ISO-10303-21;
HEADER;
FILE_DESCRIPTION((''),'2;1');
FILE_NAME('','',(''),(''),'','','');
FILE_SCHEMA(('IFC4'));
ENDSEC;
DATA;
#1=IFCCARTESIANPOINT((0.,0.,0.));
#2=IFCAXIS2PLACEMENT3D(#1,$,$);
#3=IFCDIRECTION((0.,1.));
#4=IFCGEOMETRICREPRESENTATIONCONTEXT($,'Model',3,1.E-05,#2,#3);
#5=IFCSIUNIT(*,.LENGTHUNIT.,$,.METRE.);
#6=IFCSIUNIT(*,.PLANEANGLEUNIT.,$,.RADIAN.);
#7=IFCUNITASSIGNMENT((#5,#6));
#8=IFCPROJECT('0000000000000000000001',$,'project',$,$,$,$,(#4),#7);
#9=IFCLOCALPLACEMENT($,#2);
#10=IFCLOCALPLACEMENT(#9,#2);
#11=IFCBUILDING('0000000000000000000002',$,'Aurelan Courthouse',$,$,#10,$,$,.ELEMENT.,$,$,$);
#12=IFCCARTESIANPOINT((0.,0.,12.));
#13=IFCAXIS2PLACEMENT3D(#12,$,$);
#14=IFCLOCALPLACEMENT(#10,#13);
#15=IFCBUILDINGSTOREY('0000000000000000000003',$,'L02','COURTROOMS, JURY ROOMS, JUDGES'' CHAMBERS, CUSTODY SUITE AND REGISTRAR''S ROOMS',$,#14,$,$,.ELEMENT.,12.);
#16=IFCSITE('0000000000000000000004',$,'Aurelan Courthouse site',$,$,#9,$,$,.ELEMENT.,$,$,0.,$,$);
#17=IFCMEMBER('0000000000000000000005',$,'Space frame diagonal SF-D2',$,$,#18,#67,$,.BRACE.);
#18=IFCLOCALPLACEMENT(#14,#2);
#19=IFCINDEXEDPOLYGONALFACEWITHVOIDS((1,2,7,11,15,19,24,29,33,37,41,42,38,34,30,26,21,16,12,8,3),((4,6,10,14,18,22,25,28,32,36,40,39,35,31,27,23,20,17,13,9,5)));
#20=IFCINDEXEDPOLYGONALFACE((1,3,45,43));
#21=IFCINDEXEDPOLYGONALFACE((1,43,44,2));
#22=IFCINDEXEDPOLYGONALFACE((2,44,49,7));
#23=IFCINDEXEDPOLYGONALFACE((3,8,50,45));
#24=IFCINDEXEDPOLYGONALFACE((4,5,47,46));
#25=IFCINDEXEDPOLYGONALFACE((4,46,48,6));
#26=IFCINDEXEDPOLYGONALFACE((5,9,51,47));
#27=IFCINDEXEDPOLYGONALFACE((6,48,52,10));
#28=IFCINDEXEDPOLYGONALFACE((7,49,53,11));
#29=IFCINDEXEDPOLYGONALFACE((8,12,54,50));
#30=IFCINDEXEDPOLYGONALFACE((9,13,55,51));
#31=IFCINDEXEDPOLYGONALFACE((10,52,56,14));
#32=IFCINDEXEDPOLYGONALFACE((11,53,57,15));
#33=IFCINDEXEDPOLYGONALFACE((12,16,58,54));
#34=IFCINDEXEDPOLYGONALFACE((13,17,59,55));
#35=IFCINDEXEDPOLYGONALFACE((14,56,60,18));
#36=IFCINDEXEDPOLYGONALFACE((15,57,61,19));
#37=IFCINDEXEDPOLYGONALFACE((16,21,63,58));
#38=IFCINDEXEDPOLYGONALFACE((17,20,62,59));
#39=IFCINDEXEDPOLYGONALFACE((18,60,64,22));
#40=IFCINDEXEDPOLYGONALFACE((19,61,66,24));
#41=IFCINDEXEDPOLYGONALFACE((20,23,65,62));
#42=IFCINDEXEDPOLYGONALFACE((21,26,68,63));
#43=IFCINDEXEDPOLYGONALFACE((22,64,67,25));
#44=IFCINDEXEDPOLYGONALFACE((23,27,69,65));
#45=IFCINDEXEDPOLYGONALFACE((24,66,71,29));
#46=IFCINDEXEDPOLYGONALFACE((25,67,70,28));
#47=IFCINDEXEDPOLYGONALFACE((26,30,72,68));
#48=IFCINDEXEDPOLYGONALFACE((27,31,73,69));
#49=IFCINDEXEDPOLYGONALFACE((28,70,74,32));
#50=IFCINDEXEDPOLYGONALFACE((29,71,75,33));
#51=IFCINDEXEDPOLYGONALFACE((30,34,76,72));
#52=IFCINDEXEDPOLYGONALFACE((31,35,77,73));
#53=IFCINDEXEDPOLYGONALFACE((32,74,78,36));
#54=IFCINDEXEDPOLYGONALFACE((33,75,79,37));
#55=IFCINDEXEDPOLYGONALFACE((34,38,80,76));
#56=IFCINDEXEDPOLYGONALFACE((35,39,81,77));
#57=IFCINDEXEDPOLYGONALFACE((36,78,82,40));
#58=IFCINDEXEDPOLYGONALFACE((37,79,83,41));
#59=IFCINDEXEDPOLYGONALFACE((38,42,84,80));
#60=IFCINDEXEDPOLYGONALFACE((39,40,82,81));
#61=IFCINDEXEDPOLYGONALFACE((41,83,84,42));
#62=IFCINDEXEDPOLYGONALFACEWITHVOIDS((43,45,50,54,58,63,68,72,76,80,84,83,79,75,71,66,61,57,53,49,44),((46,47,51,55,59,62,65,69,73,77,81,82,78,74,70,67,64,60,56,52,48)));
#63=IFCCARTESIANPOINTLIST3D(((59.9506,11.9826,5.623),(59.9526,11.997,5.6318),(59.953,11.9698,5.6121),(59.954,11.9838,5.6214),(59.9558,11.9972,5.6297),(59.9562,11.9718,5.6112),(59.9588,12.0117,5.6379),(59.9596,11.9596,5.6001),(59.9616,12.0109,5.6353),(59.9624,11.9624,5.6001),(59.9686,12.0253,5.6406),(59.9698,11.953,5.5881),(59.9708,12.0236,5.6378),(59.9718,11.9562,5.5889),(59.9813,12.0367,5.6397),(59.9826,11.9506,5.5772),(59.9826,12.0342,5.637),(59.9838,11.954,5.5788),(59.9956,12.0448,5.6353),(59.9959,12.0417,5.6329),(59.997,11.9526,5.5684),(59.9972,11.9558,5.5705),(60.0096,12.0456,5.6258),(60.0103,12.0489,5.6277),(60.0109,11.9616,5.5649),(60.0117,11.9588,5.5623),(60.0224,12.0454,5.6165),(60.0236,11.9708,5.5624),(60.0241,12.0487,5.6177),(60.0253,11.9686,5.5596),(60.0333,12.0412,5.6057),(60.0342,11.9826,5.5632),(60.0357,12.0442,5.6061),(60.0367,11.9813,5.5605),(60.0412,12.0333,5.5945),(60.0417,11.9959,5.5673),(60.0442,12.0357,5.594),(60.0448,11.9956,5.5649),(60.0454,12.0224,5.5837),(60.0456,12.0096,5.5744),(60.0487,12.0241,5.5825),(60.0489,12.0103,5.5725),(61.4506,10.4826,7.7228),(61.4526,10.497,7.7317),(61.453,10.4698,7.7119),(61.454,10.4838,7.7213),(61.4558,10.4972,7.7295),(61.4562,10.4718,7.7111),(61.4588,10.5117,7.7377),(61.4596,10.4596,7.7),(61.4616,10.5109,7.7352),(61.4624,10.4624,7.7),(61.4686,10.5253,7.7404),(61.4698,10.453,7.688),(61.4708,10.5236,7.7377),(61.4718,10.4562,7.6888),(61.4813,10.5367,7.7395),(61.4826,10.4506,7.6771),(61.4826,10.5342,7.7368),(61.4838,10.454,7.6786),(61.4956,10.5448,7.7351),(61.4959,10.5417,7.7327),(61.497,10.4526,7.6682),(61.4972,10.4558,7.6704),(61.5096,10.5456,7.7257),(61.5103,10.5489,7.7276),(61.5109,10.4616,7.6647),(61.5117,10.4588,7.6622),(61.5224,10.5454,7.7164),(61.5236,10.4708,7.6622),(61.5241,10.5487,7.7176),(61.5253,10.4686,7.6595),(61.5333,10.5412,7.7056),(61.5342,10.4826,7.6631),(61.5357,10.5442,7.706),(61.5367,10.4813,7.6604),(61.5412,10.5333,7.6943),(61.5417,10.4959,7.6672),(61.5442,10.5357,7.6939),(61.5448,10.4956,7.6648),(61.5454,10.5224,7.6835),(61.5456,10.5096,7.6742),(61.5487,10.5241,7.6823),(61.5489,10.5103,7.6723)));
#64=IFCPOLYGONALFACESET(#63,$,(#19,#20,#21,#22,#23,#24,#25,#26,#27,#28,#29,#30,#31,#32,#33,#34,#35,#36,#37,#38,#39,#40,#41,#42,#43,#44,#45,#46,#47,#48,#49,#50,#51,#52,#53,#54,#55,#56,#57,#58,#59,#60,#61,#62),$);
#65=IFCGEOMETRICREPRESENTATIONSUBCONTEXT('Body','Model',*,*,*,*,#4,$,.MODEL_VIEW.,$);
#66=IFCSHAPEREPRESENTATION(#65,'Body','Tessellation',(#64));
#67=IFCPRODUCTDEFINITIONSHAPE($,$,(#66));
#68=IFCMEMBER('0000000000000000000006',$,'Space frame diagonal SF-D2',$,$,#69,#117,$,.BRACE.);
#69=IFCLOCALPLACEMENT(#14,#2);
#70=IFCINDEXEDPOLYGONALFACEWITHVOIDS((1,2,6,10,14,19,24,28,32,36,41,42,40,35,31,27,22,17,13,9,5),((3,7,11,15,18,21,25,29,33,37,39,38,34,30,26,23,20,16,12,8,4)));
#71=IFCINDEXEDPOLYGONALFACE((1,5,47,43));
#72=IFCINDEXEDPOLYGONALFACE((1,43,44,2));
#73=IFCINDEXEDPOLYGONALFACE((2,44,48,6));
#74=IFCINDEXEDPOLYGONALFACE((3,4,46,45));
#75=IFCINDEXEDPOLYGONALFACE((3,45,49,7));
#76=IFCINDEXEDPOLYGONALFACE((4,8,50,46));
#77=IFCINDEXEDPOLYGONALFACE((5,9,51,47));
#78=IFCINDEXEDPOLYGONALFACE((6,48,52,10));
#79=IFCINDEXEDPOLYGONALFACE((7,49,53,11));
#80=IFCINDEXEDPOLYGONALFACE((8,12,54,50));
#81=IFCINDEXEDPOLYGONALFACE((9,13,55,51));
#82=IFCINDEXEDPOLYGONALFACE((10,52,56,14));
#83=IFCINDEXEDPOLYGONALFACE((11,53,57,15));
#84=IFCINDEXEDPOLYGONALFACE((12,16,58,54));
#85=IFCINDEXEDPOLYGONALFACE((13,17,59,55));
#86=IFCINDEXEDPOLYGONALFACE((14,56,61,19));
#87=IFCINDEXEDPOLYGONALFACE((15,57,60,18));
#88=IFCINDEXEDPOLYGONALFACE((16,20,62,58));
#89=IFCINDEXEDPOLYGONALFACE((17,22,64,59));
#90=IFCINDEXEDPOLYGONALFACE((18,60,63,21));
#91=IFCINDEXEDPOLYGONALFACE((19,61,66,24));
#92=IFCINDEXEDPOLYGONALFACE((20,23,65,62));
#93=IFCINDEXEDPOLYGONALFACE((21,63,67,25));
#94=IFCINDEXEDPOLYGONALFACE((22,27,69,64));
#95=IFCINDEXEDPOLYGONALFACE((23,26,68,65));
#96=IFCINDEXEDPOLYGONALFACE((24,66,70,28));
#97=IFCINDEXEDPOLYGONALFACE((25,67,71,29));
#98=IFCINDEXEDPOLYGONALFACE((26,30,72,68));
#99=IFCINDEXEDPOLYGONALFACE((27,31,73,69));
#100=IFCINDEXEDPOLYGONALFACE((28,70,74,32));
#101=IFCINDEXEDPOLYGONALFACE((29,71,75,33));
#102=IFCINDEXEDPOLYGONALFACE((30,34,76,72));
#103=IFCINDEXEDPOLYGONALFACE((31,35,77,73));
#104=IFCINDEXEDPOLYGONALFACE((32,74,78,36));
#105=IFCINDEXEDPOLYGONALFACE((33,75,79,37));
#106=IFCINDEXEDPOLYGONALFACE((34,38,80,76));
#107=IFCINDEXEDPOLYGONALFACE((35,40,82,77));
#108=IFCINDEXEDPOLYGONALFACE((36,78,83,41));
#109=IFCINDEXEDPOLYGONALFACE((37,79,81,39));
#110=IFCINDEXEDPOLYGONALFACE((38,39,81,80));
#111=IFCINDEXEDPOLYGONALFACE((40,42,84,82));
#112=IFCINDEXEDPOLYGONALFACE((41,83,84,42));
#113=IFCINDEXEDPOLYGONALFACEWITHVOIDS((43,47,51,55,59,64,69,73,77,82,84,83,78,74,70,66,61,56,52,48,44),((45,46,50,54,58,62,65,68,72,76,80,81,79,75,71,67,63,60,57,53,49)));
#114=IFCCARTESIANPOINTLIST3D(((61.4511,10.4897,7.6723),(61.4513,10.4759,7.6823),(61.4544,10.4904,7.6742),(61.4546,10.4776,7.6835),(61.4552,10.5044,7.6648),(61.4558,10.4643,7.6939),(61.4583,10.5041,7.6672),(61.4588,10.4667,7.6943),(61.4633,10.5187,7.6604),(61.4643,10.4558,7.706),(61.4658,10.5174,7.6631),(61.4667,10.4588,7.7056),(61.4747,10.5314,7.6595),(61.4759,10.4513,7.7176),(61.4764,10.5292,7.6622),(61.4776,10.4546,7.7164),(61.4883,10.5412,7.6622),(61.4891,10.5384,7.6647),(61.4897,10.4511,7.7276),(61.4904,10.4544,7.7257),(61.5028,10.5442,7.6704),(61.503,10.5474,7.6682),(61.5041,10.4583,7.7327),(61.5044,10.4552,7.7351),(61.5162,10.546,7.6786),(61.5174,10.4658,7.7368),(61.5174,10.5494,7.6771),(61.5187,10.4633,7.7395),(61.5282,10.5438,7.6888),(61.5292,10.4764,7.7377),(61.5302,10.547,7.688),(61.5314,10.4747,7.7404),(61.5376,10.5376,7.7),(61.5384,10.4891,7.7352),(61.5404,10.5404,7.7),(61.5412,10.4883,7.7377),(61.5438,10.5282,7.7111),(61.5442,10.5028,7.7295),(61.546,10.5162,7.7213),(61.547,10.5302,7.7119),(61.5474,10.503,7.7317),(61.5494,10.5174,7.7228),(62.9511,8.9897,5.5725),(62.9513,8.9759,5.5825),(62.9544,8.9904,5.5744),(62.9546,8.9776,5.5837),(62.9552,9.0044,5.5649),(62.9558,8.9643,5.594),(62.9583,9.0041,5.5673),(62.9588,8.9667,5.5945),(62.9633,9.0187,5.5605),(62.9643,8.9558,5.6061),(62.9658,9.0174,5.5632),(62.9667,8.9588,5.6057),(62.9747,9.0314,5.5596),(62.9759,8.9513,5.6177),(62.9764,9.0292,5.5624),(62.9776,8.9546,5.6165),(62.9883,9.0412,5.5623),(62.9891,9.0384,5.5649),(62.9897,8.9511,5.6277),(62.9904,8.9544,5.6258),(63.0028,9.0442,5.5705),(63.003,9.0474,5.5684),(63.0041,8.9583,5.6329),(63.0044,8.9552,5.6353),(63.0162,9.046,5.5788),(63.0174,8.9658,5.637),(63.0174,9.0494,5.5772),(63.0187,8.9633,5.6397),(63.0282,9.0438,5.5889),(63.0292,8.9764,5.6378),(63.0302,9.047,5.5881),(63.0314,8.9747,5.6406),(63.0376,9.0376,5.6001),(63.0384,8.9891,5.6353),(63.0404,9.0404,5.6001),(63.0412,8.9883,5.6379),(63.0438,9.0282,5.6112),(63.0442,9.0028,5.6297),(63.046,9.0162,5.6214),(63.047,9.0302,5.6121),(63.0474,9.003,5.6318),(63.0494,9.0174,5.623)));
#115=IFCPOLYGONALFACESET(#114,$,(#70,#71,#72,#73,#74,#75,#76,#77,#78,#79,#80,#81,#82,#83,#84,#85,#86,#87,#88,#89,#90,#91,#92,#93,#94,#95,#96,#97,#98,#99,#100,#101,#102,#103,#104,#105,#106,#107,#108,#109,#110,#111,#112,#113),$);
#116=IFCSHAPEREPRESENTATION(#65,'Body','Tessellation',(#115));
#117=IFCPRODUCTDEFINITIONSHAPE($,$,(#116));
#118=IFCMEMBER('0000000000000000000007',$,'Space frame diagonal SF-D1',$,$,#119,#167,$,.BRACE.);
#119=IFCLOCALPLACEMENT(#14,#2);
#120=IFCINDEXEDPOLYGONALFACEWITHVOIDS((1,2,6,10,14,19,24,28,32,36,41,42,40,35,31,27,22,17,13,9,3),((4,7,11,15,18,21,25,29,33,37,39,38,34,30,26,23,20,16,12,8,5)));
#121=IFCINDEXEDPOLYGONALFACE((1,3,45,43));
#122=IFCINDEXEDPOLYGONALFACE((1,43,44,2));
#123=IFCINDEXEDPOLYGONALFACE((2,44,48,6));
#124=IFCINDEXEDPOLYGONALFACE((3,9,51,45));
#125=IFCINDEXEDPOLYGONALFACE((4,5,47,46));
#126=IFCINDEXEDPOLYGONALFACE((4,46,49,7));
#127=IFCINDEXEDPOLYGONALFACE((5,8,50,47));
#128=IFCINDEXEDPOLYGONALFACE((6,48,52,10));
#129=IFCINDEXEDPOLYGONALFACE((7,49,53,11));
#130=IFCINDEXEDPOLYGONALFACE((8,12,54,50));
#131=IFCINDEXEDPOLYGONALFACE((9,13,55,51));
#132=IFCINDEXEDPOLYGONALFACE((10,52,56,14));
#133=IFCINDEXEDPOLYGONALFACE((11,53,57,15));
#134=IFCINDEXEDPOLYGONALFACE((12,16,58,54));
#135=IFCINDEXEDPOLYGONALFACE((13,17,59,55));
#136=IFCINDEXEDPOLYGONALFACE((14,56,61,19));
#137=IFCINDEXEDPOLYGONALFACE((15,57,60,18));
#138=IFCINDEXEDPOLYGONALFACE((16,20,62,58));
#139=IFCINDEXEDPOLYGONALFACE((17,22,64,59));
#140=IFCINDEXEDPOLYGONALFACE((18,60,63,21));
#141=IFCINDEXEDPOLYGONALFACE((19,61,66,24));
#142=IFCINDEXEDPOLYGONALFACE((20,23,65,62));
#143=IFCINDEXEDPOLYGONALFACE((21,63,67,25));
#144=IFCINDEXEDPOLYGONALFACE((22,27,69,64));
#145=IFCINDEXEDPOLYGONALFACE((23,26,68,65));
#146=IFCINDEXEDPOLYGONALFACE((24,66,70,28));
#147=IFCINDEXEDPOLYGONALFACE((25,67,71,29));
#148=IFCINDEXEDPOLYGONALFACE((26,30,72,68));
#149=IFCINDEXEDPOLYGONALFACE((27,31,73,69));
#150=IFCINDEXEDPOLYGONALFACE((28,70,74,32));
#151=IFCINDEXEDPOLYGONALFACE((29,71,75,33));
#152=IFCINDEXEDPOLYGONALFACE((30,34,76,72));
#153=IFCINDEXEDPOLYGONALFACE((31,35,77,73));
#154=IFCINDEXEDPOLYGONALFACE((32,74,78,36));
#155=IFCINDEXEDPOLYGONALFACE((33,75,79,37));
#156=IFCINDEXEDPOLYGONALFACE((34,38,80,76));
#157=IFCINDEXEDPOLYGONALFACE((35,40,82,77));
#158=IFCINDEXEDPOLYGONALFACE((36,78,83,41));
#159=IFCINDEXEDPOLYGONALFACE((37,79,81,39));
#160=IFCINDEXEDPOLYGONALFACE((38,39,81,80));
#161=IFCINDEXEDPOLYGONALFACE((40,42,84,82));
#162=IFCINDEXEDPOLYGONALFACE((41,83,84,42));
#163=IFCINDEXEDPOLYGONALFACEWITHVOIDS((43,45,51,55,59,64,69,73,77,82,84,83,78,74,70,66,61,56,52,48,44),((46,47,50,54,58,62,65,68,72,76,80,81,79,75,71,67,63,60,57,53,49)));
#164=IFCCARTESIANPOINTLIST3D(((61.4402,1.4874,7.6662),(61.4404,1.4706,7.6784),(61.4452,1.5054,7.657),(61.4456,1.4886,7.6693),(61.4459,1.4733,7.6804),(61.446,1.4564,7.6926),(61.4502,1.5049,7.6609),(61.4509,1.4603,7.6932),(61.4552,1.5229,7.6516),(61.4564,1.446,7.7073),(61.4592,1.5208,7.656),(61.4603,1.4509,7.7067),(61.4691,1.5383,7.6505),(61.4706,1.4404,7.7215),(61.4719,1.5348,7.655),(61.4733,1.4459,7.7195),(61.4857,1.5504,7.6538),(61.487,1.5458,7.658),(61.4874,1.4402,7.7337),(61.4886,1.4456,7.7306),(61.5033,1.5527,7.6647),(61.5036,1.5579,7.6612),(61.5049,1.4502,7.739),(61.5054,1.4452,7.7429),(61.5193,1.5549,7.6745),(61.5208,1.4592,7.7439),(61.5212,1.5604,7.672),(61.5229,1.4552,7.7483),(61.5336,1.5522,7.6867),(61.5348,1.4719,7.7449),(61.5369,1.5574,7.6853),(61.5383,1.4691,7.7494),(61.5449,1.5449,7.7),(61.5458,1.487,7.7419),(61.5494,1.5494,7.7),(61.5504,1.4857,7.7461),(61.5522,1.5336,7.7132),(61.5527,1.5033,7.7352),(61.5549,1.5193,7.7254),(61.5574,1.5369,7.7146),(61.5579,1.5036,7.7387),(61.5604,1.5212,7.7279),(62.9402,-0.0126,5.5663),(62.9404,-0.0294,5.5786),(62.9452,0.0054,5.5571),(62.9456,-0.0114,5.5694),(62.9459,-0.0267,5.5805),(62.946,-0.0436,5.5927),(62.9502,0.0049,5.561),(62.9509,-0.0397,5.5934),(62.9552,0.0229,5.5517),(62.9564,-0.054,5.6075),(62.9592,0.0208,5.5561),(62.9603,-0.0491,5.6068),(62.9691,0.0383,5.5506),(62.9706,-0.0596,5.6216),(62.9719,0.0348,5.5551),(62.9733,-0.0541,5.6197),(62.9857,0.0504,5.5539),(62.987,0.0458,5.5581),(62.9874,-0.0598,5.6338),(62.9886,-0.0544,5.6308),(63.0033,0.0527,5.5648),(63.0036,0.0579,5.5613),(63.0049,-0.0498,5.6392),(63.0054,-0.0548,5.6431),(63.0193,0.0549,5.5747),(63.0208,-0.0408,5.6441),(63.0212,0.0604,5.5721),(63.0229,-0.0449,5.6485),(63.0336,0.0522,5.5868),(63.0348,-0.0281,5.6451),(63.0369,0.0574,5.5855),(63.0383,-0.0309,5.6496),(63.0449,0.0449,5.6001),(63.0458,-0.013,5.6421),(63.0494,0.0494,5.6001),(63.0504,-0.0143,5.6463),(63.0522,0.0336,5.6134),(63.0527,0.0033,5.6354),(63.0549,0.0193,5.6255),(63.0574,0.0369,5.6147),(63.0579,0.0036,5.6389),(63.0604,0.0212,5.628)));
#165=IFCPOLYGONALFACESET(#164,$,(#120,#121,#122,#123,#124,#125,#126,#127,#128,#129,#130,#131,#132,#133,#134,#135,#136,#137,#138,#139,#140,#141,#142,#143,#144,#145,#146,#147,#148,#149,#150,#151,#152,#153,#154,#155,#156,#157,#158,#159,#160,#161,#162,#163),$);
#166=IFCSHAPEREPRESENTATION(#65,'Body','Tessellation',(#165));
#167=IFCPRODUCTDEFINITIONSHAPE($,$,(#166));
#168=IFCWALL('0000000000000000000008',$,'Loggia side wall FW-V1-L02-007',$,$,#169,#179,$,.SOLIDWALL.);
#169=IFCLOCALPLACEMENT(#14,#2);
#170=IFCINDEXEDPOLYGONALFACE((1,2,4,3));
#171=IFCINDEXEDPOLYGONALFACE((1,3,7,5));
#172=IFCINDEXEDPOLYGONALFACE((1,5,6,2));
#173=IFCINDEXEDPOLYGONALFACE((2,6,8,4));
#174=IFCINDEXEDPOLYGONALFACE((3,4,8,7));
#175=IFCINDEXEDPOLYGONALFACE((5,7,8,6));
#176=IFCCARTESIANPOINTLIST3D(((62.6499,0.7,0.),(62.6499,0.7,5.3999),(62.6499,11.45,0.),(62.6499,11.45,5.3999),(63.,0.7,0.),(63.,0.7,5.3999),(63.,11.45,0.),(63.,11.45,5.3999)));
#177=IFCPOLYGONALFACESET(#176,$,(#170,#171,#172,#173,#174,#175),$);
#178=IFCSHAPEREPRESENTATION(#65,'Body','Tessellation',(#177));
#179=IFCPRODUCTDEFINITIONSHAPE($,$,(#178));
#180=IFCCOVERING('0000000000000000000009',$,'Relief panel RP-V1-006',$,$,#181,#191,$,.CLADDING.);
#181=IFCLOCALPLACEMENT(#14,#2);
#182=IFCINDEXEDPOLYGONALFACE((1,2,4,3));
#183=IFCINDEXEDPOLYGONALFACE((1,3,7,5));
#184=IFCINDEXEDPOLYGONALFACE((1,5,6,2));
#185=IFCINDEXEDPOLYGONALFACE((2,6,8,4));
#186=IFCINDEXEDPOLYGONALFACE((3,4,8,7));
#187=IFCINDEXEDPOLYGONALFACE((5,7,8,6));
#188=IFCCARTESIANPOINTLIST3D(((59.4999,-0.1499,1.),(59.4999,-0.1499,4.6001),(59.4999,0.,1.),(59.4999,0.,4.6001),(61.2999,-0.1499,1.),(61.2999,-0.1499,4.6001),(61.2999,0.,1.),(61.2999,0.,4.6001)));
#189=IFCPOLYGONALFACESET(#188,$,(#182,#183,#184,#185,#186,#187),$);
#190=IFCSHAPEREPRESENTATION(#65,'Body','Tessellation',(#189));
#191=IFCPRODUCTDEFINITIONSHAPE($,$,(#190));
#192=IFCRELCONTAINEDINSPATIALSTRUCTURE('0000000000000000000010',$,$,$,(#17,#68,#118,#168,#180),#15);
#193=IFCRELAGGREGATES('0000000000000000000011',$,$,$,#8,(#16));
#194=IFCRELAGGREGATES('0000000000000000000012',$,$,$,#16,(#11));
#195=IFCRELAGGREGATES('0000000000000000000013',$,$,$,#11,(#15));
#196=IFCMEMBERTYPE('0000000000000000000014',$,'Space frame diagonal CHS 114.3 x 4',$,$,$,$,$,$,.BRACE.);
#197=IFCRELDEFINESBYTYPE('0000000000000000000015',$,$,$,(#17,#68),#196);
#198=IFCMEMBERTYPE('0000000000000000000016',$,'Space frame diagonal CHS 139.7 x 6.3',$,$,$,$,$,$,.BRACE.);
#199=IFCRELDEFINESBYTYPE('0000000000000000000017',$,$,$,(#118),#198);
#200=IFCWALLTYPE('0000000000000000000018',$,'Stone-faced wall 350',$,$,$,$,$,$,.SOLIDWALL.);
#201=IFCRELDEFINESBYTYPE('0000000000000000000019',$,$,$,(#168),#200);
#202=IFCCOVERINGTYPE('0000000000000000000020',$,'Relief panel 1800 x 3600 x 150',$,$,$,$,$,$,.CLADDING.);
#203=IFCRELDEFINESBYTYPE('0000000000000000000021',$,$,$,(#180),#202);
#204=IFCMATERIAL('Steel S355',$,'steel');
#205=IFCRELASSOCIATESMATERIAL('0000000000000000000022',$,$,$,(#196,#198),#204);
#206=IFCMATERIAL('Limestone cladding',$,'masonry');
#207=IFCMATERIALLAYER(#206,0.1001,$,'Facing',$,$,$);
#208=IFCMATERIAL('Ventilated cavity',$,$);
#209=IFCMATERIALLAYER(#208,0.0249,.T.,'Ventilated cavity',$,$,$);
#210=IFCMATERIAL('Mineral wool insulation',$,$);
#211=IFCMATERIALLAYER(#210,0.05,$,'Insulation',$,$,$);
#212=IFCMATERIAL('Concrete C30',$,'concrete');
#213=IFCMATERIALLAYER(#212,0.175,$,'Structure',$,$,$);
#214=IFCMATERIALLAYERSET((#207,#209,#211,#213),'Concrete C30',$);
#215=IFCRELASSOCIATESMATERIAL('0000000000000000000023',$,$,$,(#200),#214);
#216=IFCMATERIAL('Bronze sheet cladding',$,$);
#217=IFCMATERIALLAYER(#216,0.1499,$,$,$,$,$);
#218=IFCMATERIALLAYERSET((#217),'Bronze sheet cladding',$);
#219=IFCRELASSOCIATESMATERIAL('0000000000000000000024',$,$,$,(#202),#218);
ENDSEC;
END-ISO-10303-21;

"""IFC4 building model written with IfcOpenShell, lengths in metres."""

from ifc_helpers import new_model, si_unit, direction, frame, frame_2d, origin, origin_2d, place, context, subcontext, project, spatial, rectangle, hollow_circle, extrude, material, layer, layer_set, material_profile, profile_set, type_object, element, save


model = new_model("IFC4")

# Units and contexts
model_context = context("Model", 3, precision=1e-05, world=origin(), true_north=direction((0.0, 1.0)))
body_context = subcontext(model_context, "Body", "Model", "MODEL_VIEW")
ifc_project = project(units=[si_unit("LENGTHUNIT", "METRE"), si_unit("PLANEANGLEUNIT", "RADIAN")], contexts=[model_context])

# Site, building, storey
site_placement = place(None, origin())
site = spatial("IfcSite", under=ifc_project, at=site_placement, Name="Aurelan Courthouse site", CompositionType="ELEMENT", RefElevation=0.0)
building_placement = place(site_placement, origin())
building = spatial("IfcBuilding", under=site, at=building_placement, Name="Aurelan Courthouse", CompositionType="ELEMENT")
storey_placement = place(building_placement, frame((0.0, 0.0, 12.0)))
storey = spatial("IfcBuildingStorey", under=building, at=storey_placement, Name="L02", Description="COURTROOMS, JURY ROOMS, JUDGES' CHAMBERS, CUSTODY SUITE AND REGISTRAR'S ROOMS", CompositionType="ELEMENT", Elevation=12.0)

# Members
ifc_material_1 = material(Name="Steel S355", Category="steel")
ifc_material_profile_1 = material_profile(ifc_material_1, hollow_circle(Radius=0.0571, WallThickness=0.0039, at=origin_2d()), Name="CHS 114.3 x 4")
ifc_profile_set_1 = profile_set([ifc_material_profile_1], Name="Steel S355")
member_type_1 = type_object("IfcMemberType", Name="Space frame diagonal CHS 114.3 x 4", PredefinedType="BRACE", material=ifc_profile_set_1)
for number, where, z_axis, x_axis, name in (
    (1, (61.5, 10.5, 7.7), (-0.502536, 0.502536, -0.703502), (-0.707107, -0.707107, 0.0), "Space frame diagonal SF-D2"),
    (2, (61.5, 10.5, 7.7), (0.502536, -0.502536, -0.703502), (0.707107, 0.707107, 0.0), "Space frame diagonal SF-D2"),
):
    element("IfcMember", number, at=place(storey_placement, frame(where, z_axis=z_axis, x_axis=x_axis)), inside=storey, type_object=member_type_1, Name=name, PredefinedType="BRACE", context=body_context, shape_type="SweptSolid", body=[
        extrude(hollow_circle(Radius=0.0571, WallThickness=0.0039, at=origin_2d()), origin(), (0.0, 0.0, 1.0), 2.9849),
    ])
ifc_material_profile_2 = material_profile(ifc_material_1, hollow_circle(Radius=0.0698, WallThickness=0.0063, at=origin_2d()), Name="CHS 139.7 x 6.3")
ifc_profile_set_2 = profile_set([ifc_material_profile_2], Name="Steel S355")
member_type_2 = type_object("IfcMemberType", Name="Space frame diagonal CHS 139.7 x 6.3", PredefinedType="BRACE", material=ifc_profile_set_2)
member_1_placement = place(storey_placement, frame((61.5, 1.5, 7.7), z_axis=(0.502536, -0.502536, -0.703502), x_axis=(0.707107, 0.707107, 0.0)))
element("IfcMember", 3, at=member_1_placement, inside=storey, type_object=member_type_2, Name="Space frame diagonal SF-D1", PredefinedType="BRACE", context=body_context, shape_type="SweptSolid", body=[
    extrude(hollow_circle(Radius=0.0698, WallThickness=0.0063, at=origin_2d()), origin(), (0.0, 0.0, 1.0), 2.9849),
])

# Wall
ifc_material_2 = material(Name="Limestone cladding", Category="masonry")
ifc_layer_1 = layer(ifc_material_2, 0.1001, Name="Facing")
ifc_material_3 = material(Name="Ventilated cavity")
ifc_layer_2 = layer(ifc_material_3, 0.0249, ventilated=True, Name="Ventilated cavity")
ifc_material_4 = material(Name="Mineral wool insulation")
ifc_layer_3 = layer(ifc_material_4, 0.05, Name="Insulation")
ifc_material_5 = material(Name="Concrete C30", Category="concrete")
ifc_layer_4 = layer(ifc_material_5, 0.175, Name="Structure")
ifc_layer_set_1 = layer_set([ifc_layer_1, ifc_layer_2, ifc_layer_3, ifc_layer_4], Name="Concrete C30")
wall_type = type_object("IfcWallType", Name="Stone-faced wall 350", PredefinedType="SOLIDWALL", material=ifc_layer_set_1)
wall_placement = place(storey_placement, frame((62.825, 0.7, 0.0), z_axis=(0.0, 0.0, 1.0), x_axis=(0.0, 1.0, 0.0)))
element("IfcWall", 4, at=wall_placement, inside=storey, type_object=wall_type, Name="Loggia side wall FW-V1-L02-007", PredefinedType="SOLIDWALL", context=body_context, shape_type="SweptSolid", body=[
    extrude(rectangle(XDim=10.75, YDim=0.3501, at=frame_2d((5.375, 0.0))), origin(), (0.0, 0.0, 1.0), 5.3999),
])

# Covering
ifc_material_6 = material(Name="Bronze sheet cladding")
ifc_layer_5 = layer(ifc_material_6, 0.1499)
ifc_layer_set_2 = layer_set([ifc_layer_5], Name="Bronze sheet cladding")
covering_type = type_object("IfcCoveringType", Name="Relief panel 1800 x 3600 x 150", PredefinedType="CLADDING", material=ifc_layer_set_2)
covering_placement = place(storey_placement, frame((60.3999, -0.075, 1.0), z_axis=(0.0, 0.0, 1.0), x_axis=(1.0, 0.0, 0.0)))
element("IfcCovering", 5, at=covering_placement, inside=storey, type_object=covering_type, Name="Relief panel RP-V1-006", PredefinedType="CLADDING", context=body_context, shape_type="SweptSolid", body=[
    extrude(rectangle(XDim=1.8, YDim=0.1499, at=origin_2d()), origin(), (0.0, 0.0, 1.0), 3.6001),
])

save(model, "model.ifc")
